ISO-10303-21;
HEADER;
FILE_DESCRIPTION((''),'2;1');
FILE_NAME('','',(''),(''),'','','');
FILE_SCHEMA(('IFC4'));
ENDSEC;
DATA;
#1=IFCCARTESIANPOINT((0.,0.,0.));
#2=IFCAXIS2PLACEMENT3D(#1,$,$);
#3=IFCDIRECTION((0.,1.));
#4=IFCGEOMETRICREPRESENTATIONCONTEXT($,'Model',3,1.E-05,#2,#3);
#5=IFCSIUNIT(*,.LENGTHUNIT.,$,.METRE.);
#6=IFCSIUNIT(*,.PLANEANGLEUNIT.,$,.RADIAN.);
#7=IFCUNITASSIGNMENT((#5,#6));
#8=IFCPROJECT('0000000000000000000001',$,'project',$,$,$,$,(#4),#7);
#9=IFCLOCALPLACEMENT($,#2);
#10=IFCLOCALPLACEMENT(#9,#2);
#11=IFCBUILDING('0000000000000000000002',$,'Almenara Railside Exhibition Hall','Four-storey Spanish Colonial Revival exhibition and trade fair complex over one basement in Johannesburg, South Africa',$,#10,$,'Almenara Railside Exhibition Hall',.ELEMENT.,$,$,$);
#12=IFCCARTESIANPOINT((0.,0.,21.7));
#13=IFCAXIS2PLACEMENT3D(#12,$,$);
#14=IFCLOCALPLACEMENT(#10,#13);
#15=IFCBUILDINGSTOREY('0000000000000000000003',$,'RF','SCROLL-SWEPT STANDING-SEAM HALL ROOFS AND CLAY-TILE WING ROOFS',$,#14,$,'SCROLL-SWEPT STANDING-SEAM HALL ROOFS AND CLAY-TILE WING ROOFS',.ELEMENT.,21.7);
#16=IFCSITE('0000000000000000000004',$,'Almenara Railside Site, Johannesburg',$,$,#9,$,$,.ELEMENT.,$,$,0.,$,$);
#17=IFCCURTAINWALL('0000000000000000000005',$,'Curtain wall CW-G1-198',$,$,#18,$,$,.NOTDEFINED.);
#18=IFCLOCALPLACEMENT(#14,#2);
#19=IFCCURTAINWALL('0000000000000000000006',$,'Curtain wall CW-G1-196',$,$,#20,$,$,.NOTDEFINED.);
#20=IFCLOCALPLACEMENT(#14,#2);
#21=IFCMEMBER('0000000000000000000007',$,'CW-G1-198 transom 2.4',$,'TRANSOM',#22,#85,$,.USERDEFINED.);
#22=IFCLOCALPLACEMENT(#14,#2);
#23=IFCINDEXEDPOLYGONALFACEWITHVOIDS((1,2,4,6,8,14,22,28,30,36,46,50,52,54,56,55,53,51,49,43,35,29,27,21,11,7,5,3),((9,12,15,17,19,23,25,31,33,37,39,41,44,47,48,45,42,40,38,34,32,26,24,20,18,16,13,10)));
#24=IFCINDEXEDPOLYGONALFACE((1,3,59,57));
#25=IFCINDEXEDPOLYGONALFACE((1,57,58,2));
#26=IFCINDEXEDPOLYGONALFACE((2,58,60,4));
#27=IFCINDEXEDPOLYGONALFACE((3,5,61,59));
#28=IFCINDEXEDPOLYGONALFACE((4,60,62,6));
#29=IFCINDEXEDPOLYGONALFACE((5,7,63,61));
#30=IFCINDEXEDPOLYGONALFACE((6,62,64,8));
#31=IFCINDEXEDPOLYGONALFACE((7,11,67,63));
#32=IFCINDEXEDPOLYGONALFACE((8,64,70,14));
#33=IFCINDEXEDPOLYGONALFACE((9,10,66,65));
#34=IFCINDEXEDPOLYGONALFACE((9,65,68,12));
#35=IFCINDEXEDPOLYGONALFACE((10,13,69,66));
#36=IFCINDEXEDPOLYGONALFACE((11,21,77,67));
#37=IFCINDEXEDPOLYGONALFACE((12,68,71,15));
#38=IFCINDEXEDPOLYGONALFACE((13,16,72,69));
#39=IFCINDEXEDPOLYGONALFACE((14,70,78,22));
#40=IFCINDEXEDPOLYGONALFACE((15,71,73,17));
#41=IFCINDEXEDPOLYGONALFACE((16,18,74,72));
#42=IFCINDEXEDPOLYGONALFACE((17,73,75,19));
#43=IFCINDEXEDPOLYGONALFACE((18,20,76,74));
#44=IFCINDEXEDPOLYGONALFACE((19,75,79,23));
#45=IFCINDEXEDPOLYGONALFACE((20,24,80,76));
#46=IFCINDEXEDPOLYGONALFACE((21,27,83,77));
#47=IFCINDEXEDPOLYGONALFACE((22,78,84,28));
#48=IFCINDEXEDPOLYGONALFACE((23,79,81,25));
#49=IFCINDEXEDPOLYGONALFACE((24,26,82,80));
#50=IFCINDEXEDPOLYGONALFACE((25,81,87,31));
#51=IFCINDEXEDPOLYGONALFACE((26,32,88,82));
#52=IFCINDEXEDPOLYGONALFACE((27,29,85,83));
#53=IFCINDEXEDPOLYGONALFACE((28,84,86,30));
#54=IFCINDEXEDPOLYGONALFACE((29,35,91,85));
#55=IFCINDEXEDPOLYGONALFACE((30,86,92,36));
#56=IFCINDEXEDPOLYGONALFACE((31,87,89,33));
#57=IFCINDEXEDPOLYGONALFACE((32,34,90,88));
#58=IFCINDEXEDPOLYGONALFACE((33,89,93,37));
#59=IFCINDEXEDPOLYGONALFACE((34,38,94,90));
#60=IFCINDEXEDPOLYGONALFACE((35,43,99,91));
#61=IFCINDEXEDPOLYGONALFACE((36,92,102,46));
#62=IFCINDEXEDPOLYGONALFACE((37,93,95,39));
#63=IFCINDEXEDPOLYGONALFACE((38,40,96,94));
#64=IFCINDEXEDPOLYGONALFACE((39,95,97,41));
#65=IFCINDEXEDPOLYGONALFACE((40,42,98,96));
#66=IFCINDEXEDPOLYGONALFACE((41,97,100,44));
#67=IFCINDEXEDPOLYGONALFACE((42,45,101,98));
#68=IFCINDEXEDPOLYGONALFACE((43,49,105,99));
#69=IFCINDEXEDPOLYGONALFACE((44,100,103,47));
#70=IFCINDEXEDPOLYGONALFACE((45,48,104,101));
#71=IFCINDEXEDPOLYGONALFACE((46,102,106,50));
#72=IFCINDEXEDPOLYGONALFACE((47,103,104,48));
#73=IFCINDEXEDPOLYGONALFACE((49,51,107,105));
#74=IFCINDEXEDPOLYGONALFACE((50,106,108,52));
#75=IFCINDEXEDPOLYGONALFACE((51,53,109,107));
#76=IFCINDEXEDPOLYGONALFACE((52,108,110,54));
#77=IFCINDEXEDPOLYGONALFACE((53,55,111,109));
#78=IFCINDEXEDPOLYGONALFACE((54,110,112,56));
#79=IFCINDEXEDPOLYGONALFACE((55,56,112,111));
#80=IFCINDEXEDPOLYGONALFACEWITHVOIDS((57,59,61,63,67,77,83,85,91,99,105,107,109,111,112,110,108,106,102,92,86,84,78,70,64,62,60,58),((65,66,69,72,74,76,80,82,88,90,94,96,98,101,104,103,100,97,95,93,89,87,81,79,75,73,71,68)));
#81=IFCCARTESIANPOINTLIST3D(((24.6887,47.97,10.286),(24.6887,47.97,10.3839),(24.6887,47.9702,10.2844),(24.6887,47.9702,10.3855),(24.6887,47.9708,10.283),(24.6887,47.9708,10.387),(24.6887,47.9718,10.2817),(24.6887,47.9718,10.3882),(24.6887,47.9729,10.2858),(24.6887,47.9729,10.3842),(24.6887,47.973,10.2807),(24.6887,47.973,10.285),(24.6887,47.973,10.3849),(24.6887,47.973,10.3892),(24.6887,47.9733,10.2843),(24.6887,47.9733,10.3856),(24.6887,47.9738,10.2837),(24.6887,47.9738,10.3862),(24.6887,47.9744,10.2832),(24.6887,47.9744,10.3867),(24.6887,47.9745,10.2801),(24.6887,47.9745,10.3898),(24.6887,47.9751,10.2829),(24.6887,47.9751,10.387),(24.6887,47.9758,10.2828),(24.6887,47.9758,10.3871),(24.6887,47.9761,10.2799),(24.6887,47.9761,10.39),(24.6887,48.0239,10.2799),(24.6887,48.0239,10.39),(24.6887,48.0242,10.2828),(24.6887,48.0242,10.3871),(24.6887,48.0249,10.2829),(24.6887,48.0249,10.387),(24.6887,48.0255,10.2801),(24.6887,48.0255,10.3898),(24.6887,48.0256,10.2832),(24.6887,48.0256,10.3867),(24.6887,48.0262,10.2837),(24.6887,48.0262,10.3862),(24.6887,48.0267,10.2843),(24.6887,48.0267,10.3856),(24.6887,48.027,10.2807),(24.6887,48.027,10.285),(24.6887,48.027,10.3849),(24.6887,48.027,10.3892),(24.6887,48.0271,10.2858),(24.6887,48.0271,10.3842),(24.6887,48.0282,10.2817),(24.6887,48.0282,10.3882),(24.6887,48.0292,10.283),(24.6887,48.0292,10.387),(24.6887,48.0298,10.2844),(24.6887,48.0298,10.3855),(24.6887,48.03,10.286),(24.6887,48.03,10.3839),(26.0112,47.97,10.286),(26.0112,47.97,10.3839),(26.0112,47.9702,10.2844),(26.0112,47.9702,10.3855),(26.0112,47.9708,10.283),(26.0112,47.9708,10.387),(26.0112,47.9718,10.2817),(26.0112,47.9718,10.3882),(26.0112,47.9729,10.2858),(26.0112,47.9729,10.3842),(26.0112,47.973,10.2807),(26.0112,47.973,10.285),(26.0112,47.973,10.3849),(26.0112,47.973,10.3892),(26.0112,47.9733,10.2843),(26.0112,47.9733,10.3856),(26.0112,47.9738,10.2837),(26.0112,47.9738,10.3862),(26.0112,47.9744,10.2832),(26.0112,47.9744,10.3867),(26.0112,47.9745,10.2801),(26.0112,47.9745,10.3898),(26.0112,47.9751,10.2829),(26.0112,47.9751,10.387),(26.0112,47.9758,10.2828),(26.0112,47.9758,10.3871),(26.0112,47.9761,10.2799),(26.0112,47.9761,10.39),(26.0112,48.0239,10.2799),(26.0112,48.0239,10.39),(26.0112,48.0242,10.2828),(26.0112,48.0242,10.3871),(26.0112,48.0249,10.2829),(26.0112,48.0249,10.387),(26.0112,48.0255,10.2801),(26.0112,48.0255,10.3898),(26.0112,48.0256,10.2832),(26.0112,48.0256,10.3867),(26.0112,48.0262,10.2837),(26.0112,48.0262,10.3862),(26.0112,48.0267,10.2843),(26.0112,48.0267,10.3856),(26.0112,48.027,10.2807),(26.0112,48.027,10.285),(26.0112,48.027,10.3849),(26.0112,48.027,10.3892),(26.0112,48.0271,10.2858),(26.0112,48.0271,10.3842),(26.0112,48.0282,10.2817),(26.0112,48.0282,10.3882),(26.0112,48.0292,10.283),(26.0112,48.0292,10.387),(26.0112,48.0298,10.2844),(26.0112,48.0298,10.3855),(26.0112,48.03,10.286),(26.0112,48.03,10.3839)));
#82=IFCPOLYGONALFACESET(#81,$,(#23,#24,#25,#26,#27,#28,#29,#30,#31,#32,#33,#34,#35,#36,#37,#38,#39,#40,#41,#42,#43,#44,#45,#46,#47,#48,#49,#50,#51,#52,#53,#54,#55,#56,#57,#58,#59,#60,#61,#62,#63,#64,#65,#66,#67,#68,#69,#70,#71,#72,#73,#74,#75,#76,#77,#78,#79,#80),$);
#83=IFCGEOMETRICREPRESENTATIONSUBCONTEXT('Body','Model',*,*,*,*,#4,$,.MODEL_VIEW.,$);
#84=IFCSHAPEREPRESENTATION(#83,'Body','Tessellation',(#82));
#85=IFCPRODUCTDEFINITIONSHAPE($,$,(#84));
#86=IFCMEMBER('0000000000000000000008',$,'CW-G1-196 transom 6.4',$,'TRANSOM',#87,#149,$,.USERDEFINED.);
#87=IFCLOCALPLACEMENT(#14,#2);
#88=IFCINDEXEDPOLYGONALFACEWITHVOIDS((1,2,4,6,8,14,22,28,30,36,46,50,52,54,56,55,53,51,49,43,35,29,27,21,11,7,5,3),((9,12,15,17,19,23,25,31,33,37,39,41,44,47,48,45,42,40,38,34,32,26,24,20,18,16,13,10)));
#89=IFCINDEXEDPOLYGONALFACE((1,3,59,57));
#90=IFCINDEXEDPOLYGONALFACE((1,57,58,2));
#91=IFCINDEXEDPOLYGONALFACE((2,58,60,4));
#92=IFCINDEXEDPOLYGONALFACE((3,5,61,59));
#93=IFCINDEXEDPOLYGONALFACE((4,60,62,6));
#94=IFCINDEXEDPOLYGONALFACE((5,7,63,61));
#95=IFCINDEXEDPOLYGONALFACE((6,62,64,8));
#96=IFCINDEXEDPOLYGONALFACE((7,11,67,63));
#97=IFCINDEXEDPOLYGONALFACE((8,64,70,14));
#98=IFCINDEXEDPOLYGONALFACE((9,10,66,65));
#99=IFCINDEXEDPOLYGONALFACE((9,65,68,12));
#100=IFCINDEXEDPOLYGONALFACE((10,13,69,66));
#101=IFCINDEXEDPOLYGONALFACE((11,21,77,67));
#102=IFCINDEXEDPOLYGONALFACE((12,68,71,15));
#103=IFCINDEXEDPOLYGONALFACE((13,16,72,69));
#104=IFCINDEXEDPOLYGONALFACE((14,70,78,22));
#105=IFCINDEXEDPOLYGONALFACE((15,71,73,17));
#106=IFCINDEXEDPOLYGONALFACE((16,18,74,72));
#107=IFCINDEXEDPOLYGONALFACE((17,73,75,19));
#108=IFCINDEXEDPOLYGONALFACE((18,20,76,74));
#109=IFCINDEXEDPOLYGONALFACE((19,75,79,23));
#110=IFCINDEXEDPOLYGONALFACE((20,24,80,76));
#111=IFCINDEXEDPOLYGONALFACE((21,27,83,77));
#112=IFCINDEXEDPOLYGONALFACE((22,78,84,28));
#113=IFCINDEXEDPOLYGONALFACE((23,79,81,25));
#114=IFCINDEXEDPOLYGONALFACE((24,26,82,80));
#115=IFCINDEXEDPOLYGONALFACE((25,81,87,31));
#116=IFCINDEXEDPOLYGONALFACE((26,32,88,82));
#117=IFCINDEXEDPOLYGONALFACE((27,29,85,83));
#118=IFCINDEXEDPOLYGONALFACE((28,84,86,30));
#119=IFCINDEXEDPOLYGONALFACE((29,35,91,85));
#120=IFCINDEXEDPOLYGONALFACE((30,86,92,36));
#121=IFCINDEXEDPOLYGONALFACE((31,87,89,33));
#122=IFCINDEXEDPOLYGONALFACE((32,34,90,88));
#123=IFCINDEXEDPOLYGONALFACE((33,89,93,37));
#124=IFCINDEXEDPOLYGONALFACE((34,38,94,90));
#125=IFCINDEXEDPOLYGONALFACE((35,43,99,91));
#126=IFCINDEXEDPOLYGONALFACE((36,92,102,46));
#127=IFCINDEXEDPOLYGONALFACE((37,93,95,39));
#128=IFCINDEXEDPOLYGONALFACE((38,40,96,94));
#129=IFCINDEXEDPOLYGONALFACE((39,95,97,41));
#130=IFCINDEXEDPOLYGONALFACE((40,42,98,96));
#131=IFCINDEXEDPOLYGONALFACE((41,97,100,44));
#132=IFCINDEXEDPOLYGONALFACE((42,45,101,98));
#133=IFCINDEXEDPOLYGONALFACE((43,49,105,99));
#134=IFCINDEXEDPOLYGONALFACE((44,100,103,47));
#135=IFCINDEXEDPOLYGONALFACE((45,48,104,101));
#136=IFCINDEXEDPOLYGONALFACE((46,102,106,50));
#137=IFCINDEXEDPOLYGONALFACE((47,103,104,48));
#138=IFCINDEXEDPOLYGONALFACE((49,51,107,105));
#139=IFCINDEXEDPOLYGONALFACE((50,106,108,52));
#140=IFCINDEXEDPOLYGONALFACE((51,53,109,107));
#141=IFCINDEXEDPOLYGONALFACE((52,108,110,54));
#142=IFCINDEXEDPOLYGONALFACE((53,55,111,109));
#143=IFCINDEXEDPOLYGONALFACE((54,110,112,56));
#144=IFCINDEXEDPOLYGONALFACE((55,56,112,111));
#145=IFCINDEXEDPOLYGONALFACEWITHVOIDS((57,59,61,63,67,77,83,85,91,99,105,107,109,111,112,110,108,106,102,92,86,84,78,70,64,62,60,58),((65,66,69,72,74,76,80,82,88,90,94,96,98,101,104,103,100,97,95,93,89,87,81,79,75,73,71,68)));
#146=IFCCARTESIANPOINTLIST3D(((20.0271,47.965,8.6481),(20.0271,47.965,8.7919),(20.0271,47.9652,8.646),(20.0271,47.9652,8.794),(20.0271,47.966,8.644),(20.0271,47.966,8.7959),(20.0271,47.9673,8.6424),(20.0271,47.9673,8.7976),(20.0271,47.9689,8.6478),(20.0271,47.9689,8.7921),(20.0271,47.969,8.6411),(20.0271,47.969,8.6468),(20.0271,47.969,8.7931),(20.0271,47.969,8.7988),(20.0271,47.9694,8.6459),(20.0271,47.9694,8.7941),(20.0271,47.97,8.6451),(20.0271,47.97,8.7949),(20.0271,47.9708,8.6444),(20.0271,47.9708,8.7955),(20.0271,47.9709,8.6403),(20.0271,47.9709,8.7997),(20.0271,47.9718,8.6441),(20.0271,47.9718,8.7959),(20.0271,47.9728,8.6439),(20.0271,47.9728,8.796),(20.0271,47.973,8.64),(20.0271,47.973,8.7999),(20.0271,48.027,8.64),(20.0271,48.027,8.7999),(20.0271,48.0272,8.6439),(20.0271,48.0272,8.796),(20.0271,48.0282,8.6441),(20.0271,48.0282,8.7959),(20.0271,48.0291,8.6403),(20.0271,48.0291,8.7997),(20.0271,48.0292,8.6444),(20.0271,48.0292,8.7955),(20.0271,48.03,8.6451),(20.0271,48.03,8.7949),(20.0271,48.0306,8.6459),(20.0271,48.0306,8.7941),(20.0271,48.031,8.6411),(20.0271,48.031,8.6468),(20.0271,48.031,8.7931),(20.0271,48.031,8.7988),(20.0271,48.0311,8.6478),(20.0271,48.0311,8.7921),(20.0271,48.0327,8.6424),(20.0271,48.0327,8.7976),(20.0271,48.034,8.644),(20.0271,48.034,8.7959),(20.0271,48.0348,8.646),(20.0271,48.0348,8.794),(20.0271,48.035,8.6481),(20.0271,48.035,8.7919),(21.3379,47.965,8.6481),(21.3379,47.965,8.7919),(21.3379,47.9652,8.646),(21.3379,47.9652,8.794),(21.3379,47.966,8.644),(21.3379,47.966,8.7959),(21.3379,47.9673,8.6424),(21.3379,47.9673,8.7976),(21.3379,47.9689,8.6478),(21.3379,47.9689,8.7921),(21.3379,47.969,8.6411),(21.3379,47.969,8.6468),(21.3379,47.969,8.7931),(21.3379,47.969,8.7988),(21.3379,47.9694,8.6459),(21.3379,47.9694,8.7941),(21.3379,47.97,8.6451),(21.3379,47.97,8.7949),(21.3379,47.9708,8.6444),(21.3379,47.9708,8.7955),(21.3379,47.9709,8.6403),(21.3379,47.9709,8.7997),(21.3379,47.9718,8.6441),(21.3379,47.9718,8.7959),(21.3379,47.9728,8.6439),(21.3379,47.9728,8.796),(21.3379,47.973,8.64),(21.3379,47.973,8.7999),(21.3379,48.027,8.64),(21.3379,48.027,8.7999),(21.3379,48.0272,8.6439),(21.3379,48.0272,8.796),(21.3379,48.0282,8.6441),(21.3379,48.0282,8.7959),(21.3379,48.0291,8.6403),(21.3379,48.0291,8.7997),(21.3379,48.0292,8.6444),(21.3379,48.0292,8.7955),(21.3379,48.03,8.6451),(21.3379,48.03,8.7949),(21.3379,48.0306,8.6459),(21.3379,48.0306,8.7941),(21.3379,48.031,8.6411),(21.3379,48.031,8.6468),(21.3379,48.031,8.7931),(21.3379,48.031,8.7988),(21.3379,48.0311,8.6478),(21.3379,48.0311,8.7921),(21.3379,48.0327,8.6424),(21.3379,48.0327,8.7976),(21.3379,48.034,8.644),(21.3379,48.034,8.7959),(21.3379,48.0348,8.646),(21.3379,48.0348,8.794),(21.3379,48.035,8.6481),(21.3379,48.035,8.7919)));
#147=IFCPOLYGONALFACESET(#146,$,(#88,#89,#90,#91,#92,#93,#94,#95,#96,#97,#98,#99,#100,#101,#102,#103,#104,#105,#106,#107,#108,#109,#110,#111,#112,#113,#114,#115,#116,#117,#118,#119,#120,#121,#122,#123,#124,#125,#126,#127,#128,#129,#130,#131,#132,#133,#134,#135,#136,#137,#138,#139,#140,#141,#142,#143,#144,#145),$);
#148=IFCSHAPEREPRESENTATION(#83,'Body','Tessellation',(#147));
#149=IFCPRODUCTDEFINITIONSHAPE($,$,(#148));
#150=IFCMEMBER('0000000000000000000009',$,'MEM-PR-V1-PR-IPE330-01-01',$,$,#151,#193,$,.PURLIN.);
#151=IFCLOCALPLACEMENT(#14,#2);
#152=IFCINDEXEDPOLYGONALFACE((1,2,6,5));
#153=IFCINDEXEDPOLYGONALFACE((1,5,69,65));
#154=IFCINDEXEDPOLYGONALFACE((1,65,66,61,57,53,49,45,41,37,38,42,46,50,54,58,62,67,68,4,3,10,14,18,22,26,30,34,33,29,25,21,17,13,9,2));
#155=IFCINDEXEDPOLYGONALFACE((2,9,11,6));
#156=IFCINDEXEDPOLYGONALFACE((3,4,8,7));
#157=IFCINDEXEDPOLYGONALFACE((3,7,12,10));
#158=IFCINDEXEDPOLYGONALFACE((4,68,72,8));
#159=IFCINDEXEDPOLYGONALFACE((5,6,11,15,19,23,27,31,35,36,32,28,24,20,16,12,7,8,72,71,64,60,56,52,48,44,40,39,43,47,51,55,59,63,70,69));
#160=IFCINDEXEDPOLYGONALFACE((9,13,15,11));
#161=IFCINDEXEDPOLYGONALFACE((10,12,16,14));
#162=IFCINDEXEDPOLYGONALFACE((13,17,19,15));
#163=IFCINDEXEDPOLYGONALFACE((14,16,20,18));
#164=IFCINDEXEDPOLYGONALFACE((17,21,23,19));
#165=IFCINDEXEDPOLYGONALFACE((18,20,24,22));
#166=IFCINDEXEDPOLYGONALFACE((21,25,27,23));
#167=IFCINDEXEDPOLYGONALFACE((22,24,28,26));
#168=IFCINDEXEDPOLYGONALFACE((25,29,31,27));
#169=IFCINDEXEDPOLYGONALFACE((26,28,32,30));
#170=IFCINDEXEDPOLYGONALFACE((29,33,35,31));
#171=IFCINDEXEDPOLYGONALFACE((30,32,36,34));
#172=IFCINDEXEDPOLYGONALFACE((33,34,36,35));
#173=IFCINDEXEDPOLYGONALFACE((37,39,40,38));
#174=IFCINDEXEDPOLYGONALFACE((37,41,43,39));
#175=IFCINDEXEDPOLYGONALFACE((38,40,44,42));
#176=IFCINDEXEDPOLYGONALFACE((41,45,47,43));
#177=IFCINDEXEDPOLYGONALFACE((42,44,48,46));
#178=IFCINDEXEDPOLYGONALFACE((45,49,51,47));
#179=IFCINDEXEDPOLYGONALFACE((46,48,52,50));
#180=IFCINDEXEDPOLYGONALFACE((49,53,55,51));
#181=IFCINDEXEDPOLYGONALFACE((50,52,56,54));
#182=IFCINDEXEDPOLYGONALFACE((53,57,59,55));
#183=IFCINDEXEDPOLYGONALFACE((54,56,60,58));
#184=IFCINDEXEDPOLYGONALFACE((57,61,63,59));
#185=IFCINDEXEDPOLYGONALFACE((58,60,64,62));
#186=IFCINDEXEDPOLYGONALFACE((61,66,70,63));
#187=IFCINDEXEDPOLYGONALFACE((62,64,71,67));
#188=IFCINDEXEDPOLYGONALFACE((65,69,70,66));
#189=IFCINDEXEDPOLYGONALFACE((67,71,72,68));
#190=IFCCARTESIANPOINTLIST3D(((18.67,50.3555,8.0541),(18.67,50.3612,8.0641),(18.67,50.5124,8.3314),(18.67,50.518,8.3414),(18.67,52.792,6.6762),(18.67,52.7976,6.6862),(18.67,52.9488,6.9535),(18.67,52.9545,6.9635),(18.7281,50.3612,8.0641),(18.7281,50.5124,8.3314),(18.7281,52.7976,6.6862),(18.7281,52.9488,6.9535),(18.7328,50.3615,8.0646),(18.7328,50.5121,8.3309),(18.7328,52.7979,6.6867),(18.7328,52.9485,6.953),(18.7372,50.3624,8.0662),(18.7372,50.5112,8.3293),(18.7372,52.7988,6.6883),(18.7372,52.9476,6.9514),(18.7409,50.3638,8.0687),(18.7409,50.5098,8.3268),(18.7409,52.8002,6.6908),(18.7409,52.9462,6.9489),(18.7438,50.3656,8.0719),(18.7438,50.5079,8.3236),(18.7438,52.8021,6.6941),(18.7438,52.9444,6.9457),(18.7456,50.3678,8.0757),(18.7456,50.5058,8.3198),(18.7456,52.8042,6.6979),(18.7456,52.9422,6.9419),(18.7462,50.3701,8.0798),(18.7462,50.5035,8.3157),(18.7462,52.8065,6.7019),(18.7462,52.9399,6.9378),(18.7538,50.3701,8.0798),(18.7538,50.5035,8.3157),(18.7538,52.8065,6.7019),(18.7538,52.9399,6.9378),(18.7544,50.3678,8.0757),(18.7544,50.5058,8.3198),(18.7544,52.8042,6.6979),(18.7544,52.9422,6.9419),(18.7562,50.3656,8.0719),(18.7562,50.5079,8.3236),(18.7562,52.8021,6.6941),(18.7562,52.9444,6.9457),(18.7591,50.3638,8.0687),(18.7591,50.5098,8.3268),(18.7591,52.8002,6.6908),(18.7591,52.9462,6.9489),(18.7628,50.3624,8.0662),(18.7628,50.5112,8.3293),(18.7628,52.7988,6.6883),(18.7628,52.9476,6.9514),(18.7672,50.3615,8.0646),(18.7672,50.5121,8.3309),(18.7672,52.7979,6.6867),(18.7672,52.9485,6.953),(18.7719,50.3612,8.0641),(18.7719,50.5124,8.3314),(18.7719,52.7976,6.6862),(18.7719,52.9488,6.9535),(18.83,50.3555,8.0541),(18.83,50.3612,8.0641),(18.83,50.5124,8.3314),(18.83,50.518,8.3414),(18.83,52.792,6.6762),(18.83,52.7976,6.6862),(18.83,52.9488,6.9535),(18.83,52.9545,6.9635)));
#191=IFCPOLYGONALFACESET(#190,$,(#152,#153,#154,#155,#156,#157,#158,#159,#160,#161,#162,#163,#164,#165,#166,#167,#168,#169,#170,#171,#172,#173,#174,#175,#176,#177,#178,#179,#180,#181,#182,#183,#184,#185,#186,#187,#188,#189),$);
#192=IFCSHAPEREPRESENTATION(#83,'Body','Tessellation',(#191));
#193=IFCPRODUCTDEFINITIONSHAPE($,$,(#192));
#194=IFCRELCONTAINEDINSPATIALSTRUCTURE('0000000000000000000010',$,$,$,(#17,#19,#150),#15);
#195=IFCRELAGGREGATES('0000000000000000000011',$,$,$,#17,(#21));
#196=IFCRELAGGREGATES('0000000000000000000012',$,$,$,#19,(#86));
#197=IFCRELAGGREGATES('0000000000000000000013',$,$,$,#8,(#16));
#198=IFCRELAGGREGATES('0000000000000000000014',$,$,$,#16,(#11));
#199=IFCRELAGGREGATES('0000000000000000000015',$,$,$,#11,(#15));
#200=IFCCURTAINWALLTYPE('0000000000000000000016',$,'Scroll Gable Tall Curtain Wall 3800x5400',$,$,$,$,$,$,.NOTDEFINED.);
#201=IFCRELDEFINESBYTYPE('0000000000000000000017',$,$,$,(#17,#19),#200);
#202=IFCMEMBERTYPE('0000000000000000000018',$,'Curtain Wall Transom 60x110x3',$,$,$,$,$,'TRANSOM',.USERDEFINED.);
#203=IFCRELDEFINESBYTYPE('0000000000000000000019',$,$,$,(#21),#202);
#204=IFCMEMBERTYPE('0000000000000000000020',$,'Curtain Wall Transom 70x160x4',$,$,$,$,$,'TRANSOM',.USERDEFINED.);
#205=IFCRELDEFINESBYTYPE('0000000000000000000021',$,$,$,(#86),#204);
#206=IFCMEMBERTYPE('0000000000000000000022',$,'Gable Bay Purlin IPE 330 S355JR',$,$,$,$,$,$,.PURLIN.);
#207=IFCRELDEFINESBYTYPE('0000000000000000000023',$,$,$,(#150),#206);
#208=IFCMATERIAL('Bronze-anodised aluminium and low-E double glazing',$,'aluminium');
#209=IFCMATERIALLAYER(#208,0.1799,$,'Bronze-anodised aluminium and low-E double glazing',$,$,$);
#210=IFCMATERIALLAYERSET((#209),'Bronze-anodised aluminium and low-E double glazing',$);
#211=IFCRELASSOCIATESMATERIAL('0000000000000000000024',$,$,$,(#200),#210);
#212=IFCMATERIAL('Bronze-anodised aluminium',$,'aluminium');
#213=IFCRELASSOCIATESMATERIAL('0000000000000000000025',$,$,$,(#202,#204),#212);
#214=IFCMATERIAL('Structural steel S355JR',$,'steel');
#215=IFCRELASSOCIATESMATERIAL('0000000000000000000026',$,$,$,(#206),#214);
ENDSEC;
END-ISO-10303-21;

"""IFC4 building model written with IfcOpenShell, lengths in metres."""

from ifc_helpers import new_model, si_unit, direction, frame, origin, origin_2d, place, context, subcontext, project, spatial, hollow_rectangle, i_section, extrude, material, layer, layer_set, material_profile, profile_set, type_object, element, aggregate, save


model = new_model("IFC4")

# Units and contexts
model_context = context("Model", 3, precision=1e-05, world=origin(), true_north=direction((0.0, 1.0)))
body_context = subcontext(model_context, "Body", "Model", "MODEL_VIEW")
ifc_project = project(units=[si_unit("LENGTHUNIT", "METRE"), si_unit("PLANEANGLEUNIT", "RADIAN")], contexts=[model_context])

# Site, building, storey
site_placement = place(None, origin())
site = spatial("IfcSite", under=ifc_project, at=site_placement, Name="Almenara Railside Site, Johannesburg", CompositionType="ELEMENT", RefElevation=0.0)
building_placement = place(site_placement, origin())
building = spatial("IfcBuilding", under=site, at=building_placement, Name="Almenara Railside Exhibition Hall", Description="Four-storey Spanish Colonial Revival exhibition and trade fair complex over one basement in Johannesburg, South Africa", LongName="Almenara Railside Exhibition Hall", CompositionType="ELEMENT")
storey_placement = place(building_placement, frame((0.0, 0.0, 21.7)))
storey = spatial("IfcBuildingStorey", under=building, at=storey_placement, Name="RF", Description="SCROLL-SWEPT STANDING-SEAM HALL ROOFS AND CLAY-TILE WING ROOFS", LongName="SCROLL-SWEPT STANDING-SEAM HALL ROOFS AND CLAY-TILE WING ROOFS", CompositionType="ELEMENT", Elevation=21.7)

# Shared definitions
ifc_material_1 = material(Name="Structural steel S355JR", Category="steel")

# Curtain wall
ifc_material_2 = material(Name="Bronze-anodised aluminium and low-E double glazing", Category="aluminium")
ifc_layer_1 = layer(ifc_material_2, 0.1799, Name="Bronze-anodised aluminium and low-E double glazing")
ifc_layer_set_1 = layer_set([ifc_layer_1], Name="Bronze-anodised aluminium and low-E double glazing")
curtain_wall_type = type_object("IfcCurtainWallType", Name="Scroll Gable Tall Curtain Wall 3800x5400", PredefinedType="NOTDEFINED", material=ifc_layer_set_1)
curtain_wall_1_placement = place(storey_placement, origin())
curtain_wall_1 = element("IfcCurtainWall", 1, at=curtain_wall_1_placement, inside=storey, type_object=curtain_wall_type, Name="Curtain wall CW-G1-198", PredefinedType="NOTDEFINED")
ifc_material_3 = material(Name="Bronze-anodised aluminium", Category="aluminium")

# Curtain wall
curtain_wall_2_placement = place(storey_placement, origin())
curtain_wall_2 = element("IfcCurtainWall", 2, at=curtain_wall_2_placement, inside=storey, type_object=curtain_wall_type, Name="Curtain wall CW-G1-196", PredefinedType="NOTDEFINED")

# Members
ifc_material_profile_1 = material_profile(ifc_material_3, hollow_rectangle(XDim=0.0601, YDim=0.1101, WallThickness=0.0029, InnerFilletRadius=0.0029, OuterFilletRadius=0.0061, at=origin_2d()), Name="ALU-TRN 60x110x3")
ifc_profile_set_1 = profile_set([ifc_material_profile_1], Name="Bronze-anodised aluminium")
member_type_1 = type_object("IfcMemberType", Name="Curtain Wall Transom 60x110x3", ElementType="TRANSOM", PredefinedType="USERDEFINED", material=ifc_profile_set_1)
member_1_placement = place(storey_placement, frame((24.6887, 48.0, 10.335), z_axis=(1.0, 0.0, 0.0), x_axis=(0.0, 1.0, 0.0)))
member_1 = element("IfcMember", 3, at=member_1_placement, type_object=member_type_1, Name="CW-G1-198 transom 2.4", ObjectType="TRANSOM", PredefinedType="USERDEFINED", context=body_context, shape_type="SweptSolid", body=[
    extrude(hollow_rectangle(XDim=0.0601, YDim=0.1101, WallThickness=0.0029, InnerFilletRadius=0.0029, OuterFilletRadius=0.0061, at=origin_2d()), origin(), (0.0, 0.0, 1.0), 1.3225),
])
ifc_material_profile_2 = material_profile(ifc_material_3, hollow_rectangle(XDim=0.0701, YDim=0.1599, WallThickness=0.0039, InnerFilletRadius=0.0039, OuterFilletRadius=0.0081, at=origin_2d()), Name="ALU-TRN 70x160x4")
ifc_profile_set_2 = profile_set([ifc_material_profile_2], Name="Bronze-anodised aluminium")
member_type_2 = type_object("IfcMemberType", Name="Curtain Wall Transom 70x160x4", ElementType="TRANSOM", PredefinedType="USERDEFINED", material=ifc_profile_set_2)
member_2_placement = place(storey_placement, frame((20.0271, 48.0, 8.72), z_axis=(1.0, 0.0, 0.0), x_axis=(0.0, 1.0, 0.0)))
member_2 = element("IfcMember", 4, at=member_2_placement, type_object=member_type_2, Name="CW-G1-196 transom 6.4", ObjectType="TRANSOM", PredefinedType="USERDEFINED", context=body_context, shape_type="SweptSolid", body=[
    extrude(hollow_rectangle(XDim=0.0701, YDim=0.1599, WallThickness=0.0039, InnerFilletRadius=0.0039, OuterFilletRadius=0.0081, at=origin_2d()), origin(), (0.0, 0.0, 1.0), 1.3108),
])

# Member
ifc_material_profile_3 = material_profile(ifc_material_1, i_section(OverallWidth=0.1599, OverallDepth=0.3301, WebThickness=0.0076, FlangeThickness=0.0115, FilletRadius=0.0181, at=origin_2d()), Name="IPE 330")
ifc_profile_set_3 = profile_set([ifc_material_profile_3], Name="Structural steel S355JR")
member_type_3 = type_object("IfcMemberType", Name="Gable Bay Purlin IPE 330 S355JR", PredefinedType="PURLIN", material=ifc_profile_set_3)
member_3_placement = place(storey_placement, frame((18.75, 50.4368, 8.1978), z_axis=(0.0, 0.870446, -0.492264), x_axis=(-1.0, 0.0, 0.0)))
element("IfcMember", 5, at=member_3_placement, inside=storey, type_object=member_type_3, Name="MEM-PR-V1-PR-IPE330-01-01", PredefinedType="PURLIN", context=body_context, shape_type="SweptSolid", body=[
    extrude(i_section(OverallWidth=0.1599, OverallDepth=0.3301, WebThickness=0.0076, FlangeThickness=0.0115, FilletRadius=0.0181, at=origin_2d()), origin(), (0.0, 0.0, 1.0), 2.7991),
])

aggregate(curtain_wall_1, [member_1])
aggregate(curtain_wall_2, [member_2])

save(model, "model.ifc")
